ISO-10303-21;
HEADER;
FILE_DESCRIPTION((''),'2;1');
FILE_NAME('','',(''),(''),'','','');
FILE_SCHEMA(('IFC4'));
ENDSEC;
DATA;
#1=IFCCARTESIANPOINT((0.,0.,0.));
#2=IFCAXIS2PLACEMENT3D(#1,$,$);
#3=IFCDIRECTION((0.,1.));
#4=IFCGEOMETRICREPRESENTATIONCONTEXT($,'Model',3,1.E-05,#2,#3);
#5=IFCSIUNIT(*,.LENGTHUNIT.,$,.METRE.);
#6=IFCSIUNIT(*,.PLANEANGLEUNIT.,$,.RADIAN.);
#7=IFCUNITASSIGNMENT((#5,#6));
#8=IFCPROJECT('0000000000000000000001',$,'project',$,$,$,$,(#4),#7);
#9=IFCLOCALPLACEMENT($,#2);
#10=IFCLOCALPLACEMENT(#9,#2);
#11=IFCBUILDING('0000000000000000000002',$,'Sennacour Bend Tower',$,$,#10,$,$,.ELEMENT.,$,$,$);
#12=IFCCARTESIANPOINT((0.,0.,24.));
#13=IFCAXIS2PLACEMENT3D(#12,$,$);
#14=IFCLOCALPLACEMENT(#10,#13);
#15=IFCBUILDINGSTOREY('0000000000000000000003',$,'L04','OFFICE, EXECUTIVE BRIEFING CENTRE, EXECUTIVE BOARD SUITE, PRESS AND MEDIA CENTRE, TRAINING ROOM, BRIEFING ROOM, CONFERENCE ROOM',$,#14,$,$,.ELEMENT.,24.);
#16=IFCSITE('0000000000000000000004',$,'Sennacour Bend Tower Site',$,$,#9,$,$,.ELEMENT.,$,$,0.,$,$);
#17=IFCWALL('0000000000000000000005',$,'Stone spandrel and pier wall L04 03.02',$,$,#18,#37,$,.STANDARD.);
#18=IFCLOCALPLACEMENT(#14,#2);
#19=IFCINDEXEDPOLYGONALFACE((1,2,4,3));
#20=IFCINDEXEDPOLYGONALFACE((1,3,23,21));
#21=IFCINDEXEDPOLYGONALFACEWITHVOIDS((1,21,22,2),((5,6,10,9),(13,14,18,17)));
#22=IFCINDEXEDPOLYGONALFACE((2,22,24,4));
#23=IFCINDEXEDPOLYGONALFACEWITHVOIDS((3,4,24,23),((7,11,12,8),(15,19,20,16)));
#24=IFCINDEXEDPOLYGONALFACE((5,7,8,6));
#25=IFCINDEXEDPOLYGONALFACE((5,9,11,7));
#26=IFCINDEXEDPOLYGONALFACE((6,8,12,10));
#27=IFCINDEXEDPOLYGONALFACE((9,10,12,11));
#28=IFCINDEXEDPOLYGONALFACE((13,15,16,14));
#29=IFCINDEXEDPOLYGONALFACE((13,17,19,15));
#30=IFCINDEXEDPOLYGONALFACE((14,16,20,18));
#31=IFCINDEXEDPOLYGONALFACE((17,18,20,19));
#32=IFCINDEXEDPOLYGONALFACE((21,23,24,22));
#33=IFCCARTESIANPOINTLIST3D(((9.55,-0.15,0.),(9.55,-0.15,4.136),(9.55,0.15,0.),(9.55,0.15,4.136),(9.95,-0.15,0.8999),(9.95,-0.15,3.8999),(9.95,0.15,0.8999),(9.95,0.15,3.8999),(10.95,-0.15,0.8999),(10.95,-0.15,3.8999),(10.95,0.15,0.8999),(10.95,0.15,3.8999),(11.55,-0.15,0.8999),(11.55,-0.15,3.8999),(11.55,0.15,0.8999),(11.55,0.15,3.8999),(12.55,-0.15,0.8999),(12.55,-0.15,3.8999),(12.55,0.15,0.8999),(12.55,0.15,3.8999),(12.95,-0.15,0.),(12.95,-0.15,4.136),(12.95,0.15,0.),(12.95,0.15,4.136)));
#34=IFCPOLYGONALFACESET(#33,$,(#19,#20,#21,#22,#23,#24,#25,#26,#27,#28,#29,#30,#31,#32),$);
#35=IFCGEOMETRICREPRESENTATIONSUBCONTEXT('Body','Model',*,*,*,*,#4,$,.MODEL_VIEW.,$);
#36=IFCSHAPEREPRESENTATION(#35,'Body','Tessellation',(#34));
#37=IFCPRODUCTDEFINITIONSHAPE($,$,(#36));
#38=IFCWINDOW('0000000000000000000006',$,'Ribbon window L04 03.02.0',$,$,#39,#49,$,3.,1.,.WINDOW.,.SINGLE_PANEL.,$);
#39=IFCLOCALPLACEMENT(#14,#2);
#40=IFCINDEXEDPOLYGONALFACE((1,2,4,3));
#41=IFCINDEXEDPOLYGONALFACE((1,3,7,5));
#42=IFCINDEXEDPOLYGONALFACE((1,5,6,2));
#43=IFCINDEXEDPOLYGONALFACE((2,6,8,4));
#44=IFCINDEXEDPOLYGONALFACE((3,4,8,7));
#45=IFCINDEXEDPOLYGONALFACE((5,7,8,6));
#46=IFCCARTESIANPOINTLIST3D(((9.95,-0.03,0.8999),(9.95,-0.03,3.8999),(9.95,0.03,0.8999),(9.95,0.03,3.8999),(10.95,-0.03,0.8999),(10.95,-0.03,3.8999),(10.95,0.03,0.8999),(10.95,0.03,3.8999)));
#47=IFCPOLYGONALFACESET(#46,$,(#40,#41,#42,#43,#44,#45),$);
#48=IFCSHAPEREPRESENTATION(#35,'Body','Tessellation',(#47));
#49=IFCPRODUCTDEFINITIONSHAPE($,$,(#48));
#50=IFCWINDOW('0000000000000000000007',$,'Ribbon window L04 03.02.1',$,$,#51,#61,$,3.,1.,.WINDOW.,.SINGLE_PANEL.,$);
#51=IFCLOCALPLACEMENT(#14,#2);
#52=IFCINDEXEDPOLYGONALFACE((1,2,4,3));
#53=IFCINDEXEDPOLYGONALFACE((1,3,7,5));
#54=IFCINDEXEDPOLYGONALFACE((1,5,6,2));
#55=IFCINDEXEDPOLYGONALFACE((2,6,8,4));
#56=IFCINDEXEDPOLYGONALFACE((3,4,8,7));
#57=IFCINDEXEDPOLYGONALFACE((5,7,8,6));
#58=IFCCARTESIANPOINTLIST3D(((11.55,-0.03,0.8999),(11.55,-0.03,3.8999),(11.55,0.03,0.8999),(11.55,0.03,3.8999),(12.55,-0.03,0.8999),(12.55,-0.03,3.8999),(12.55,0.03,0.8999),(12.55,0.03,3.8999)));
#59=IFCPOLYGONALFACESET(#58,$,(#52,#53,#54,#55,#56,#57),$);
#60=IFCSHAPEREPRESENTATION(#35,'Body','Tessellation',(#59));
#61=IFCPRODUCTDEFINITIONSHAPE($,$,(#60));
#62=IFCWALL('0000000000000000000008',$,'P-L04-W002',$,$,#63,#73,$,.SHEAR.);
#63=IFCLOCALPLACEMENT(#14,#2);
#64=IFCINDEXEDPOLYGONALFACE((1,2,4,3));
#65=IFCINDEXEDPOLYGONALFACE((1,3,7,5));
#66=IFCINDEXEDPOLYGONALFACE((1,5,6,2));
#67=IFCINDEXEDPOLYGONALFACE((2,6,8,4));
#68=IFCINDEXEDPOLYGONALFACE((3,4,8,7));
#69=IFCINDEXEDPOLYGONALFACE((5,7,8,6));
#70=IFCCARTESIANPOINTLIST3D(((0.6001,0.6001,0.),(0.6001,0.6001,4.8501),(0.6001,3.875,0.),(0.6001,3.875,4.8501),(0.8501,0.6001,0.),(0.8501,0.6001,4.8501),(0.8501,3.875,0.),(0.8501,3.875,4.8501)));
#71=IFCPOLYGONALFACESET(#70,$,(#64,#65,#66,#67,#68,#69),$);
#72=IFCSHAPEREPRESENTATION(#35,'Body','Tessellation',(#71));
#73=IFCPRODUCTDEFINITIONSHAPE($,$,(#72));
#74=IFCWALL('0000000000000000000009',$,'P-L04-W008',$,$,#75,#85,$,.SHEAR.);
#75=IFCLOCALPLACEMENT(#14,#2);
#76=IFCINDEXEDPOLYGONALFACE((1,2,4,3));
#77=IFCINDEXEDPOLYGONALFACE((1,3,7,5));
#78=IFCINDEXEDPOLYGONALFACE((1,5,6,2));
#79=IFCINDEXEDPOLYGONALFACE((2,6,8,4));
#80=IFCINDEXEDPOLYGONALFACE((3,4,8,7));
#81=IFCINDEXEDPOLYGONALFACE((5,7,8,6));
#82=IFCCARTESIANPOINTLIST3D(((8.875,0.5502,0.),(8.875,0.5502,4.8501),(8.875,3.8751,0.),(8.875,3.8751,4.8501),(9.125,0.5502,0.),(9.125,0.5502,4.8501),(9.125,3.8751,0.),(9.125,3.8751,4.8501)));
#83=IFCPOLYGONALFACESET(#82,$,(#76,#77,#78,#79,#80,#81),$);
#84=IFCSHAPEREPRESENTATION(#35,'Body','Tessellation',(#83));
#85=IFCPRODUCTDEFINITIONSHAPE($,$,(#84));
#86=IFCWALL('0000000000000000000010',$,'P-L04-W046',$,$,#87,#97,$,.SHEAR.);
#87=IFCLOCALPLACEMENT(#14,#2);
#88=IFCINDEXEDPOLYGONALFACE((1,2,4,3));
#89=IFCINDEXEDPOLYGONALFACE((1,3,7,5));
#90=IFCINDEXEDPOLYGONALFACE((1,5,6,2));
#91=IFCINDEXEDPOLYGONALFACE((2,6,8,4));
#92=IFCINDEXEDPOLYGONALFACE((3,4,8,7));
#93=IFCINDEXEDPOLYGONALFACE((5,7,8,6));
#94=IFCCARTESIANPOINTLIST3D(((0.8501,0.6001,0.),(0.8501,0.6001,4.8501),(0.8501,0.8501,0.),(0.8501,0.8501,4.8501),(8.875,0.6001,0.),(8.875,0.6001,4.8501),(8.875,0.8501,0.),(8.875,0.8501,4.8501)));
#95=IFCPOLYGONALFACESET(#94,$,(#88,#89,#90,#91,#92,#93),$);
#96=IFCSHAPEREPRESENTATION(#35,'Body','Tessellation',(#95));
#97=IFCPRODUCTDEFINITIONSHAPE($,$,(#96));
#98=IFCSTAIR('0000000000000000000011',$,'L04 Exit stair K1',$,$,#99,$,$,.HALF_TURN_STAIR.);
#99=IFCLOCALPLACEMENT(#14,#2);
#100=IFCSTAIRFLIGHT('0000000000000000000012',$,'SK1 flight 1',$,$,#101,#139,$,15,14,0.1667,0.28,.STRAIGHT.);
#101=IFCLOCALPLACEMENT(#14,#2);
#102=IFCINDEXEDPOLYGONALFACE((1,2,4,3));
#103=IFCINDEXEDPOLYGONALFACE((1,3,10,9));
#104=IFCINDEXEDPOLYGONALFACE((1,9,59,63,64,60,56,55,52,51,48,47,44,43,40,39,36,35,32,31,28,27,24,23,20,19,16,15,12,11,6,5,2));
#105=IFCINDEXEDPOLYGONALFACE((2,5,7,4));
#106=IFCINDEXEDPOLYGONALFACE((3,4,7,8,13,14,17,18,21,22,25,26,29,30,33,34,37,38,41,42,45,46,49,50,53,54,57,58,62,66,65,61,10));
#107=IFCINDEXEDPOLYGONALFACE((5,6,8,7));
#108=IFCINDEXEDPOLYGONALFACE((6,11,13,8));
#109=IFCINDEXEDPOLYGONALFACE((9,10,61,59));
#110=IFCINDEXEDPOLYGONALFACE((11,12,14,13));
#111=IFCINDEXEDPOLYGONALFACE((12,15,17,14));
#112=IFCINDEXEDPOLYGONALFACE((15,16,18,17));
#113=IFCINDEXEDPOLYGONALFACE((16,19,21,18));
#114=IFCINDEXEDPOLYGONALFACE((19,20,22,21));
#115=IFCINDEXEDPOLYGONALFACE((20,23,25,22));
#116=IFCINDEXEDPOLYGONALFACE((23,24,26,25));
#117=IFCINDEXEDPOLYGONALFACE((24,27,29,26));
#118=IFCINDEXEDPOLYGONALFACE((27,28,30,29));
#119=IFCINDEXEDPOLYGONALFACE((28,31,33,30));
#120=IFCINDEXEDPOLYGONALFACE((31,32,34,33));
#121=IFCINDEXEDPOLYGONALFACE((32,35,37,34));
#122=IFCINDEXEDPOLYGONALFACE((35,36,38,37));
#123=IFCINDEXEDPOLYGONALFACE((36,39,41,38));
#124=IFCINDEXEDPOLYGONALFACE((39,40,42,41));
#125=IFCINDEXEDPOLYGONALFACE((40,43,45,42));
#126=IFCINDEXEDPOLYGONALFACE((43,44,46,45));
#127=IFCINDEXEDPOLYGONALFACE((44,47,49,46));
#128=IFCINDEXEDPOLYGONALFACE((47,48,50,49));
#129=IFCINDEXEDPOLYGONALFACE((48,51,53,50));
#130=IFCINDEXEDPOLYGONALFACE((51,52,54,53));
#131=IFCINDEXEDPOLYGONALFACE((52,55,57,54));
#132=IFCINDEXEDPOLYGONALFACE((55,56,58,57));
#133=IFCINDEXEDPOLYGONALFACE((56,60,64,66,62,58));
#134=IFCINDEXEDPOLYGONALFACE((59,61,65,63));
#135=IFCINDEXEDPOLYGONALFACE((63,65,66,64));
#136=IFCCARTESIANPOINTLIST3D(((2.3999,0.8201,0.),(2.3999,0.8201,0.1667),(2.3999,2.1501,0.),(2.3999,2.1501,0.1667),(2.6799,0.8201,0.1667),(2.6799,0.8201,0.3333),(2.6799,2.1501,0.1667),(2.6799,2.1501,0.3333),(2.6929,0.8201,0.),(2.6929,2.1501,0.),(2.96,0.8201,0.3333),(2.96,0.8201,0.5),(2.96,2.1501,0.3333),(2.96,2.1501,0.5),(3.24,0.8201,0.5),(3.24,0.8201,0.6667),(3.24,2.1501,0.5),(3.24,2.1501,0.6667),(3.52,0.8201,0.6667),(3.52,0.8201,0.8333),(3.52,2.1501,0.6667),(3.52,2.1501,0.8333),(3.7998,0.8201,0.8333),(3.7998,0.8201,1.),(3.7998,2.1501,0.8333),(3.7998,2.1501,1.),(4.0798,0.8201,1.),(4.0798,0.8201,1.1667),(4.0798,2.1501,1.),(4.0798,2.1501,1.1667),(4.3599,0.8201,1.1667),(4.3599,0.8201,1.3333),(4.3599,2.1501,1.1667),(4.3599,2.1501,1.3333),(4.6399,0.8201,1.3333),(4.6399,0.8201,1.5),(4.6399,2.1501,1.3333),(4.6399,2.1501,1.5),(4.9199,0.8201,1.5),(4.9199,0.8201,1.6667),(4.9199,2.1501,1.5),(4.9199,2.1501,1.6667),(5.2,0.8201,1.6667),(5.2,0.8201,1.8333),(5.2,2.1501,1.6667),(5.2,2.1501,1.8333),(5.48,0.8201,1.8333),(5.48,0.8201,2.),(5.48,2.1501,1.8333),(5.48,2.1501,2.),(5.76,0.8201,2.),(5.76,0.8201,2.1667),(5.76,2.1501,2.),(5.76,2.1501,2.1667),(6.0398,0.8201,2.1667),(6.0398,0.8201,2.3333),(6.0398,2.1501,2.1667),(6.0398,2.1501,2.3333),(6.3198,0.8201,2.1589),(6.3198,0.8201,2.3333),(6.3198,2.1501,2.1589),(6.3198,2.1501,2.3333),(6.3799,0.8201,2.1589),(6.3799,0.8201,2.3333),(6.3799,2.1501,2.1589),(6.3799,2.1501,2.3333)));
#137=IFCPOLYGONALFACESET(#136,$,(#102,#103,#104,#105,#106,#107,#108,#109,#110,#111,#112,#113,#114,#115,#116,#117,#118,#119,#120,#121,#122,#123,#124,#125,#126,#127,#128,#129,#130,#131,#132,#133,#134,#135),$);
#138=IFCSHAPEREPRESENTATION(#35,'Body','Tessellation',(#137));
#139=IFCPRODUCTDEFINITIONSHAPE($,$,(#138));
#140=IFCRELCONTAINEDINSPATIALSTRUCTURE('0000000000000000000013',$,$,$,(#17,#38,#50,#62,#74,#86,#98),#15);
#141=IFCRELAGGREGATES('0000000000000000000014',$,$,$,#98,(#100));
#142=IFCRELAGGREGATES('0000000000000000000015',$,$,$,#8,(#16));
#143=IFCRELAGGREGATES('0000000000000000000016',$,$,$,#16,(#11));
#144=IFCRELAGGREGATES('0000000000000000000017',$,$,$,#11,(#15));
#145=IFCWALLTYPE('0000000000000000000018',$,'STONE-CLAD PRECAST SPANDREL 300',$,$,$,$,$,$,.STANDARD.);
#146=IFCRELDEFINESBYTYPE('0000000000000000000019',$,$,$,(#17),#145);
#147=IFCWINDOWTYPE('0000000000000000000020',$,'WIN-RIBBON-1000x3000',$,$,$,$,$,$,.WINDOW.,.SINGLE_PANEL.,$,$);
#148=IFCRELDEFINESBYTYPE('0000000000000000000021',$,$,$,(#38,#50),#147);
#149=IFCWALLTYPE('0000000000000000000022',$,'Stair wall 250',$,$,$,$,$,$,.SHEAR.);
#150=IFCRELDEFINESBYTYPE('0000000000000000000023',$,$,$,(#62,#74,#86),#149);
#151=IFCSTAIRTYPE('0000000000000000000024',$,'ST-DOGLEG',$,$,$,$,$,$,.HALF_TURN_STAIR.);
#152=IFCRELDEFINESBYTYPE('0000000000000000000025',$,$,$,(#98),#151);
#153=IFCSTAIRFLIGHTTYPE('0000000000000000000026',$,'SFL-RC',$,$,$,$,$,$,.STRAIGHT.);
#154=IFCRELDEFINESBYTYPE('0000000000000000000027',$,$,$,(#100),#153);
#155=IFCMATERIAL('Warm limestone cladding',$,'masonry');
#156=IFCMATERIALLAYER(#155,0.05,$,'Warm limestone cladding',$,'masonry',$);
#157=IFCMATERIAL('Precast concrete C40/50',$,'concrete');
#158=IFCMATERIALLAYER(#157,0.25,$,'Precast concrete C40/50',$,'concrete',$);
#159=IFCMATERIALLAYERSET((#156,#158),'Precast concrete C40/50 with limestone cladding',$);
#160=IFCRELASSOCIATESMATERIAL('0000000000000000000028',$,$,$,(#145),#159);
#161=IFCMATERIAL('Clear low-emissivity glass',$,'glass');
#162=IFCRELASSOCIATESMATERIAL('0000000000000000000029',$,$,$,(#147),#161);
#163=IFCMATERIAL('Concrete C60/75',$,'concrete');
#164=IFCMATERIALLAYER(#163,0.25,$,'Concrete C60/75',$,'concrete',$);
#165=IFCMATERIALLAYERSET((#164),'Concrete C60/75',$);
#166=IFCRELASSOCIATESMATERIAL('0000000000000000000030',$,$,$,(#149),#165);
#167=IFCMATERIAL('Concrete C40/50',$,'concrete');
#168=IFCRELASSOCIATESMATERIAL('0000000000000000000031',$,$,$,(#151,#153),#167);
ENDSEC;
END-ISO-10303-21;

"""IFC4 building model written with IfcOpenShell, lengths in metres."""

from ifc_helpers import new_model, si_unit, direction, frame, frame_2d, origin, place, context, subcontext, project, spatial, polyline, rectangle, outline, extrude, material, layer, layer_set, type_object, element, fill, aggregate, save


model = new_model("IFC4")

# Units and contexts
model_context = context("Model", 3, precision=1e-05, world=origin(), true_north=direction((0.0, 1.0)))
body_context = subcontext(model_context, "Body", "Model", "MODEL_VIEW")
ifc_project = project(units=[si_unit("LENGTHUNIT", "METRE"), si_unit("PLANEANGLEUNIT", "RADIAN")], contexts=[model_context])

# Site, building, storey
site_placement = place(None, origin())
site = spatial("IfcSite", under=ifc_project, at=site_placement, Name="Sennacour Bend Tower Site", CompositionType="ELEMENT", RefElevation=0.0)
building_placement = place(site_placement, origin())
building = spatial("IfcBuilding", under=site, at=building_placement, Name="Sennacour Bend Tower", CompositionType="ELEMENT")
storey_placement = place(building_placement, frame((0.0, 0.0, 24.0)))
storey = spatial("IfcBuildingStorey", under=building, at=storey_placement, Name="L04", Description="OFFICE, EXECUTIVE BRIEFING CENTRE, EXECUTIVE BOARD SUITE, PRESS AND MEDIA CENTRE, TRAINING ROOM, BRIEFING ROOM, CONFERENCE ROOM", CompositionType="ELEMENT", Elevation=24.0)

# Wall, openings, windows
ifc_material_1 = material(Name="Warm limestone cladding", Category="masonry")
ifc_layer_1 = layer(ifc_material_1, 0.05, Name="Warm limestone cladding", Category="masonry")
ifc_material_2 = material(Name="Precast concrete C40/50", Category="concrete")
ifc_layer_2 = layer(ifc_material_2, 0.25, Name="Precast concrete C40/50", Category="concrete")
ifc_layer_set_1 = layer_set([ifc_layer_1, ifc_layer_2], Name="Precast concrete C40/50 with limestone cladding")
wall_type_1 = type_object("IfcWallType", Name="STONE-CLAD PRECAST SPANDREL 300", PredefinedType="STANDARD", material=ifc_layer_set_1)
ifc_material_3 = material(Name="Clear low-emissivity glass", Category="glass")
window_type = type_object("IfcWindowType", Name="WIN-RIBBON-1000x3000", PartitioningType="SINGLE_PANEL", PredefinedType="WINDOW", material=ifc_material_3)
wall_1_placement = place(storey_placement, frame((9.55, 0.0, 0.0), z_axis=(0.0, 0.0, 1.0), x_axis=(1.0, 0.0, 0.0)))
wall_1 = element("IfcWall", 1, at=wall_1_placement, inside=storey, type_object=wall_type_1, Name="Stone spandrel and pier wall L04 03.02", PredefinedType="STANDARD", context=body_context, shape_type="SweptSolid", body=[
    extrude(rectangle(XDim=3.3999, YDim=0.3, at=frame_2d((1.7, 0.0))), origin(), (0.0, 0.0, 1.0), 4.136),
])
opening_1_placement = place(wall_1_placement, frame((0.3999, 0.0, 0.8999)))
opening_1 = element("IfcOpeningElement", 2, at=opening_1_placement, cuts=wall_1, PredefinedType="OPENING", context=body_context, shape_type="SweptSolid", body=[
    extrude(rectangle(XDim=1.0, YDim=3.0, at=frame_2d((0.5, 1.5))), frame((0.0, 0.1602, 0.0), z_axis=(0.0, -1.0, 0.0), x_axis=(1.0, 0.0, 0.0)), (0.0, 0.0, 1.0), 0.3201),
])
opening_2_placement = place(wall_1_placement, frame((2.0, 0.0, 0.8999)))
opening_2 = element("IfcOpeningElement", 3, at=opening_2_placement, cuts=wall_1, PredefinedType="OPENING", context=body_context, shape_type="SweptSolid", body=[
    extrude(rectangle(XDim=1.0, YDim=3.0, at=frame_2d((0.5, 1.5))), frame((0.0, 0.1602, 0.0), z_axis=(0.0, -1.0, 0.0), x_axis=(1.0, 0.0, 0.0)), (0.0, 0.0, 1.0), 0.3201),
])
window_1_placement = place(opening_1_placement, origin())
window_1 = element("IfcWindow", 4, at=window_1_placement, inside=storey, type_object=window_type, Name="Ribbon window L04 03.02.0", OverallHeight=3.0, OverallWidth=1.0, PartitioningType="SINGLE_PANEL", PredefinedType="WINDOW", context=body_context, shape_type="SweptSolid", body=[
    extrude(rectangle(XDim=1.0, YDim=3.0, at=frame_2d((0.5, 1.5))), frame((0.0, 0.03, 0.0), z_axis=(0.0, -1.0, 0.0), x_axis=(1.0, 0.0, 0.0)), (0.0, 0.0, 1.0), 0.0601),
])
fill(opening_1, window_1)
window_2_placement = place(opening_2_placement, origin())
window_2 = element("IfcWindow", 5, at=window_2_placement, inside=storey, type_object=window_type, Name="Ribbon window L04 03.02.1", OverallHeight=3.0, OverallWidth=1.0, PartitioningType="SINGLE_PANEL", PredefinedType="WINDOW", context=body_context, shape_type="SweptSolid", body=[
    extrude(rectangle(XDim=1.0, YDim=3.0, at=frame_2d((0.5, 1.5))), frame((0.0, 0.03, 0.0), z_axis=(0.0, -1.0, 0.0), x_axis=(1.0, 0.0, 0.0)), (0.0, 0.0, 1.0), 0.0601),
])
fill(opening_2, window_2)

# Walls
ifc_material_4 = material(Name="Concrete C60/75", Category="concrete")
ifc_layer_3 = layer(ifc_material_4, 0.25, Name="Concrete C60/75", Category="concrete")
ifc_layer_set_2 = layer_set([ifc_layer_3], Name="Concrete C60/75")
wall_type_2 = type_object("IfcWallType", Name="Stair wall 250", PredefinedType="SHEAR", material=ifc_layer_set_2)
wall_2_placement = place(storey_placement, frame((0.7251, 0.6001, 0.0), z_axis=(0.0, 0.0, 1.0), x_axis=(0.0, 1.0, 0.0)))
element("IfcWall", 6, at=wall_2_placement, inside=storey, type_object=wall_type_2, Name="P-L04-W002", PredefinedType="SHEAR", context=body_context, shape_type="SweptSolid", body=[
    extrude(rectangle(XDim=3.2749, YDim=0.25, at=frame_2d((1.6375, 0.0))), origin(), (0.0, 0.0, 1.0), 4.8501),
])
wall_3_placement = place(storey_placement, frame((9.0, 0.55, 0.0), z_axis=(0.0, 0.0, 1.0), x_axis=(0.0, 1.0, 0.0)))
element("IfcWall", 7, at=wall_3_placement, inside=storey, type_object=wall_type_2, Name="P-L04-W008", PredefinedType="SHEAR", context=body_context, shape_type="SweptSolid", body=[
    extrude(rectangle(XDim=3.325, YDim=0.25, at=frame_2d((1.6626, 0.0))), origin(), (0.0, 0.0, 1.0), 4.8501),
])
wall_4_placement = place(storey_placement, frame((0.8501, 0.7251, 0.0), z_axis=(0.0, 0.0, 1.0), x_axis=(1.0, 0.0, 0.0)))
element("IfcWall", 8, at=wall_4_placement, inside=storey, type_object=wall_type_2, Name="P-L04-W046", PredefinedType="SHEAR", context=body_context, shape_type="SweptSolid", body=[
    extrude(rectangle(XDim=8.0249, YDim=0.25, at=frame_2d((4.0125, 0.0))), origin(), (0.0, 0.0, 1.0), 4.8501),
])

# Stair, stair flight
ifc_material_5 = material(Name="Concrete C40/50", Category="concrete")
stair_type = type_object("IfcStairType", Name="ST-DOGLEG", PredefinedType="HALF_TURN_STAIR", material=ifc_material_5)
stair_placement = place(storey_placement, origin())
stair = element("IfcStair", 9, at=stair_placement, inside=storey, type_object=stair_type, Name="L04 Exit stair K1", PredefinedType="HALF_TURN_STAIR")
stair_flight_type = type_object("IfcStairFlightType", Name="SFL-RC", PredefinedType="STRAIGHT", material=ifc_material_5)
stair_flight_1_placement = place(storey_placement, frame((2.3999, 1.4851, 0.0), z_axis=(0.0, 0.0, 1.0), x_axis=(1.0, 0.0, 0.0)))
stair_flight_1 = element("IfcStairFlight", 10, at=stair_flight_1_placement, type_object=stair_flight_type, Name="SK1 flight 1", NumberOfRisers=15, NumberOfTreads=14, PredefinedType="STRAIGHT", RiserHeight=0.1667, TreadLength=0.28, context=body_context, shape_type="SweptSolid", body=[
    extrude(outline(polyline([(0.0, 0.0), (0.0, 0.1667), (0.28, 0.1667), (0.28, 0.3333), (0.5601, 0.3333), (0.5601, 0.5), (0.8401, 0.5), (0.8401, 0.6667), (1.1201, 0.6667), (1.1201, 0.8333), (1.3999, 0.8333), (1.3999, 1.0), (1.6799, 1.0), (1.6799, 1.1667), (1.96, 1.1667), (1.96, 1.3333), (2.24, 1.3333), (2.24, 1.5), (2.52, 1.5), (2.52, 1.6667), (2.8, 1.6667), (2.8, 1.8333), (3.0801, 1.8333), (3.0801, 2.0), (3.3601, 2.0), (3.3601, 2.1667), (3.6399, 2.1667), (3.6399, 2.3333), (3.9199, 2.3333), (3.98, 2.3333), (3.98, 2.1589), (3.9199, 2.1589), (0.293, 0.0), (0.0, 0.0)])), frame((0.0, 0.665, 0.0), z_axis=(0.0, -1.0, 0.0), x_axis=(1.0, 0.0, 0.0)), (0.0, 0.0, 1.0), 1.3301),
])
aggregate(stair, [stair_flight_1])

save(model, "model.ifc")
